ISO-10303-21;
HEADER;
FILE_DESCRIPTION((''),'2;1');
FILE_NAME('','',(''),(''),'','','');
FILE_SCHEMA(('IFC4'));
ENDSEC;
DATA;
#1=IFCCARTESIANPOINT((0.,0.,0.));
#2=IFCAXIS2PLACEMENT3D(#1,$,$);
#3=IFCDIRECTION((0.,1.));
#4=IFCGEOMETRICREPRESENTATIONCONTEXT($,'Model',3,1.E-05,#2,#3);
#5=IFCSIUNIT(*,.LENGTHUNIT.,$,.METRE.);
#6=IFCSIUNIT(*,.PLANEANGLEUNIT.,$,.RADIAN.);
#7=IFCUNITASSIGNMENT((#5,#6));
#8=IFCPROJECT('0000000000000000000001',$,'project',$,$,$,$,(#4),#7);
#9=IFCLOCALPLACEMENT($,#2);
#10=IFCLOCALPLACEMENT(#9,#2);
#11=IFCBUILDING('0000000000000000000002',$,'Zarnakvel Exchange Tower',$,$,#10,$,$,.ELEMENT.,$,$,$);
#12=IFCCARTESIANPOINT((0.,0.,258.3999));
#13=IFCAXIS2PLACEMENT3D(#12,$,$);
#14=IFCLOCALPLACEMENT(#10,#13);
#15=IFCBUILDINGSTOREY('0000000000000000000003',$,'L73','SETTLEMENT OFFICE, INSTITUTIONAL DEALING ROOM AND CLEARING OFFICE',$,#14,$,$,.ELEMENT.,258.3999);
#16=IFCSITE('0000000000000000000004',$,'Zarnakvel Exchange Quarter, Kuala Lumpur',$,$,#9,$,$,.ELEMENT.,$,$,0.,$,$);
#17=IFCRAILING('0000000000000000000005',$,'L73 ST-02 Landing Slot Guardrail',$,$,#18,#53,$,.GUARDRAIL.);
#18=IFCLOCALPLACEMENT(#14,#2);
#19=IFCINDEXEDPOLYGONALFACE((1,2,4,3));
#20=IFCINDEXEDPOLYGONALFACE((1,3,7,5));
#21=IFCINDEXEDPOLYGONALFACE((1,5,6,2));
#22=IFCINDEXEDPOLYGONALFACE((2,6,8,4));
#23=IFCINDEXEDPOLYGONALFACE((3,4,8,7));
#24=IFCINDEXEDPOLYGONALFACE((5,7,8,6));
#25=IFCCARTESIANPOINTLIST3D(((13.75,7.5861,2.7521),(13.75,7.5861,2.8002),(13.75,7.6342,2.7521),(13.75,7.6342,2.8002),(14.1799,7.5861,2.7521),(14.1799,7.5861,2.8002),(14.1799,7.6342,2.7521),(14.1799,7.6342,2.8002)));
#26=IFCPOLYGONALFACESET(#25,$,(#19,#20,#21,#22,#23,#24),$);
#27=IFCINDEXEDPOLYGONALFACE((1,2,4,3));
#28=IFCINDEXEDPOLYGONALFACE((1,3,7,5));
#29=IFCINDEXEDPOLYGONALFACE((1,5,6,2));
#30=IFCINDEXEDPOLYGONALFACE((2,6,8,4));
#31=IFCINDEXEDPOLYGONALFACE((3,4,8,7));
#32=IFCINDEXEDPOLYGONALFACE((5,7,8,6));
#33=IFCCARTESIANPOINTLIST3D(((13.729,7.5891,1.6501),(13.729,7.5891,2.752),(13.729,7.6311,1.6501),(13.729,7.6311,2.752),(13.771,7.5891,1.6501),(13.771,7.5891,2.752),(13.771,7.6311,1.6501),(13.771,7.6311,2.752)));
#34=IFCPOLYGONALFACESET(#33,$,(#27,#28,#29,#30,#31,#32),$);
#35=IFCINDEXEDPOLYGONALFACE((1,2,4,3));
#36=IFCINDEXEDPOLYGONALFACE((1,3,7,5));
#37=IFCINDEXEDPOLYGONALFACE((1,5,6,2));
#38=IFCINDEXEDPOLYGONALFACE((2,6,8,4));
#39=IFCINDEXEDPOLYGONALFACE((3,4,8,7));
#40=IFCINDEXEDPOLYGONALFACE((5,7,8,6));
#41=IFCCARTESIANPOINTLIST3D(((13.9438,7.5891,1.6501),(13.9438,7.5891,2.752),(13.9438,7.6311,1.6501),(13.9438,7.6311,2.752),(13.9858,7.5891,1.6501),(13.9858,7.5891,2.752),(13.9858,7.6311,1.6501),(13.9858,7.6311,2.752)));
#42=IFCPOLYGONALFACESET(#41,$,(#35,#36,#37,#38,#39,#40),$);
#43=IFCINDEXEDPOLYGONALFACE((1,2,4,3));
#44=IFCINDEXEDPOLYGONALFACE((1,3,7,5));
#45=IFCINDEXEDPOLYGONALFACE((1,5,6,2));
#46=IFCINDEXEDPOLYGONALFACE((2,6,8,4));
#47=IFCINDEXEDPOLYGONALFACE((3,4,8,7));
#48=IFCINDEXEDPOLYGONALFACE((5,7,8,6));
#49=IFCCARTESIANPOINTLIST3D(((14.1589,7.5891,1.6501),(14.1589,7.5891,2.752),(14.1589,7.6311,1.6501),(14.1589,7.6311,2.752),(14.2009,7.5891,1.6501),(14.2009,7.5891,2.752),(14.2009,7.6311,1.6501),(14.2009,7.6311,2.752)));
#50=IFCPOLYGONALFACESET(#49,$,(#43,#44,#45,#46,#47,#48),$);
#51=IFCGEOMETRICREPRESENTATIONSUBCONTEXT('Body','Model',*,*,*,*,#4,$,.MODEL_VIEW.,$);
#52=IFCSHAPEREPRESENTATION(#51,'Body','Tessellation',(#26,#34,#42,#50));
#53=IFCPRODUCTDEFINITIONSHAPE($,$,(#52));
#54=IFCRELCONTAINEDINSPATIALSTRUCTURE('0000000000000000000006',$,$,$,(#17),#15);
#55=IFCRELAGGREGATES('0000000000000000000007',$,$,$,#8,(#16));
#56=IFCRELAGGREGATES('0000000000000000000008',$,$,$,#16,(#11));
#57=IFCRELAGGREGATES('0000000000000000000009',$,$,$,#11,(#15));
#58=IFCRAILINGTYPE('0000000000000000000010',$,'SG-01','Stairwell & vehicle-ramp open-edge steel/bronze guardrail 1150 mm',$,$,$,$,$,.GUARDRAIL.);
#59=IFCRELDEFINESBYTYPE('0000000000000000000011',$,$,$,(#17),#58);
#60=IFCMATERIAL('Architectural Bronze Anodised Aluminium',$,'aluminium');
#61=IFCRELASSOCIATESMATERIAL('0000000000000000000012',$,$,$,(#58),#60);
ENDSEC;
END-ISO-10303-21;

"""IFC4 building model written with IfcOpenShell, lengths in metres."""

from ifc_helpers import new_model, si_unit, direction, frame, origin, origin_2d, place, context, subcontext, project, spatial, rectangle, extrude, material, type_object, element, save


model = new_model("IFC4")

# Units and contexts
model_context = context("Model", 3, precision=1e-05, world=origin(), true_north=direction((0.0, 1.0)))
body_context = subcontext(model_context, "Body", "Model", "MODEL_VIEW")
ifc_project = project(units=[si_unit("LENGTHUNIT", "METRE"), si_unit("PLANEANGLEUNIT", "RADIAN")], contexts=[model_context])

# Site, building, storey
site_placement = place(None, origin())
site = spatial("IfcSite", under=ifc_project, at=site_placement, Name="Zarnakvel Exchange Quarter, Kuala Lumpur", CompositionType="ELEMENT", RefElevation=0.0)
building_placement = place(site_placement, origin())
building = spatial("IfcBuilding", under=site, at=building_placement, Name="Zarnakvel Exchange Tower", CompositionType="ELEMENT")
storey_placement = place(building_placement, frame((0.0, 0.0, 258.3999)))
storey = spatial("IfcBuildingStorey", under=building, at=storey_placement, Name="L73", Description="SETTLEMENT OFFICE, INSTITUTIONAL DEALING ROOM AND CLEARING OFFICE", CompositionType="ELEMENT", Elevation=258.3999)

# Shared definitions
ifc_material_1 = material(Name="Architectural Bronze Anodised Aluminium", Category="aluminium")

# Railing
railing_type_1 = type_object("IfcRailingType", Name="SG-01", Description="Stairwell & vehicle-ramp open-edge steel/bronze guardrail 1150 mm", PredefinedType="GUARDRAIL", material=ifc_material_1)
railing_1_placement = place(storey_placement, frame((13.75, 7.6101, 1.6501)))
element("IfcRailing", 1, at=railing_1_placement, inside=storey, type_object=railing_type_1, Name="L73 ST-02 Landing Slot Guardrail", PredefinedType="GUARDRAIL", context=body_context, shape_type="SweptSolid", body=[
    extrude(rectangle(XDim=0.0481, YDim=0.0481, at=origin_2d()), frame((0.0, 0.0, 1.126), z_axis=(1.0, 0.0, 0.0), x_axis=(0.0, 1.0, 0.0)), (0.0, 0.0, 1.0), 0.4299),
    extrude(rectangle(XDim=0.042, YDim=0.042, at=origin_2d()), origin(), (0.0, 0.0, 1.0), 1.1018),
    extrude(rectangle(XDim=0.042, YDim=0.042, at=origin_2d()), frame((0.2148, 0.0, 0.0)), (0.0, 0.0, 1.0), 1.1018),
    extrude(rectangle(XDim=0.042, YDim=0.042, at=origin_2d()), frame((0.4299, 0.0, 0.0)), (0.0, 0.0, 1.0), 1.1018),
])

save(model, "model.ifc")
